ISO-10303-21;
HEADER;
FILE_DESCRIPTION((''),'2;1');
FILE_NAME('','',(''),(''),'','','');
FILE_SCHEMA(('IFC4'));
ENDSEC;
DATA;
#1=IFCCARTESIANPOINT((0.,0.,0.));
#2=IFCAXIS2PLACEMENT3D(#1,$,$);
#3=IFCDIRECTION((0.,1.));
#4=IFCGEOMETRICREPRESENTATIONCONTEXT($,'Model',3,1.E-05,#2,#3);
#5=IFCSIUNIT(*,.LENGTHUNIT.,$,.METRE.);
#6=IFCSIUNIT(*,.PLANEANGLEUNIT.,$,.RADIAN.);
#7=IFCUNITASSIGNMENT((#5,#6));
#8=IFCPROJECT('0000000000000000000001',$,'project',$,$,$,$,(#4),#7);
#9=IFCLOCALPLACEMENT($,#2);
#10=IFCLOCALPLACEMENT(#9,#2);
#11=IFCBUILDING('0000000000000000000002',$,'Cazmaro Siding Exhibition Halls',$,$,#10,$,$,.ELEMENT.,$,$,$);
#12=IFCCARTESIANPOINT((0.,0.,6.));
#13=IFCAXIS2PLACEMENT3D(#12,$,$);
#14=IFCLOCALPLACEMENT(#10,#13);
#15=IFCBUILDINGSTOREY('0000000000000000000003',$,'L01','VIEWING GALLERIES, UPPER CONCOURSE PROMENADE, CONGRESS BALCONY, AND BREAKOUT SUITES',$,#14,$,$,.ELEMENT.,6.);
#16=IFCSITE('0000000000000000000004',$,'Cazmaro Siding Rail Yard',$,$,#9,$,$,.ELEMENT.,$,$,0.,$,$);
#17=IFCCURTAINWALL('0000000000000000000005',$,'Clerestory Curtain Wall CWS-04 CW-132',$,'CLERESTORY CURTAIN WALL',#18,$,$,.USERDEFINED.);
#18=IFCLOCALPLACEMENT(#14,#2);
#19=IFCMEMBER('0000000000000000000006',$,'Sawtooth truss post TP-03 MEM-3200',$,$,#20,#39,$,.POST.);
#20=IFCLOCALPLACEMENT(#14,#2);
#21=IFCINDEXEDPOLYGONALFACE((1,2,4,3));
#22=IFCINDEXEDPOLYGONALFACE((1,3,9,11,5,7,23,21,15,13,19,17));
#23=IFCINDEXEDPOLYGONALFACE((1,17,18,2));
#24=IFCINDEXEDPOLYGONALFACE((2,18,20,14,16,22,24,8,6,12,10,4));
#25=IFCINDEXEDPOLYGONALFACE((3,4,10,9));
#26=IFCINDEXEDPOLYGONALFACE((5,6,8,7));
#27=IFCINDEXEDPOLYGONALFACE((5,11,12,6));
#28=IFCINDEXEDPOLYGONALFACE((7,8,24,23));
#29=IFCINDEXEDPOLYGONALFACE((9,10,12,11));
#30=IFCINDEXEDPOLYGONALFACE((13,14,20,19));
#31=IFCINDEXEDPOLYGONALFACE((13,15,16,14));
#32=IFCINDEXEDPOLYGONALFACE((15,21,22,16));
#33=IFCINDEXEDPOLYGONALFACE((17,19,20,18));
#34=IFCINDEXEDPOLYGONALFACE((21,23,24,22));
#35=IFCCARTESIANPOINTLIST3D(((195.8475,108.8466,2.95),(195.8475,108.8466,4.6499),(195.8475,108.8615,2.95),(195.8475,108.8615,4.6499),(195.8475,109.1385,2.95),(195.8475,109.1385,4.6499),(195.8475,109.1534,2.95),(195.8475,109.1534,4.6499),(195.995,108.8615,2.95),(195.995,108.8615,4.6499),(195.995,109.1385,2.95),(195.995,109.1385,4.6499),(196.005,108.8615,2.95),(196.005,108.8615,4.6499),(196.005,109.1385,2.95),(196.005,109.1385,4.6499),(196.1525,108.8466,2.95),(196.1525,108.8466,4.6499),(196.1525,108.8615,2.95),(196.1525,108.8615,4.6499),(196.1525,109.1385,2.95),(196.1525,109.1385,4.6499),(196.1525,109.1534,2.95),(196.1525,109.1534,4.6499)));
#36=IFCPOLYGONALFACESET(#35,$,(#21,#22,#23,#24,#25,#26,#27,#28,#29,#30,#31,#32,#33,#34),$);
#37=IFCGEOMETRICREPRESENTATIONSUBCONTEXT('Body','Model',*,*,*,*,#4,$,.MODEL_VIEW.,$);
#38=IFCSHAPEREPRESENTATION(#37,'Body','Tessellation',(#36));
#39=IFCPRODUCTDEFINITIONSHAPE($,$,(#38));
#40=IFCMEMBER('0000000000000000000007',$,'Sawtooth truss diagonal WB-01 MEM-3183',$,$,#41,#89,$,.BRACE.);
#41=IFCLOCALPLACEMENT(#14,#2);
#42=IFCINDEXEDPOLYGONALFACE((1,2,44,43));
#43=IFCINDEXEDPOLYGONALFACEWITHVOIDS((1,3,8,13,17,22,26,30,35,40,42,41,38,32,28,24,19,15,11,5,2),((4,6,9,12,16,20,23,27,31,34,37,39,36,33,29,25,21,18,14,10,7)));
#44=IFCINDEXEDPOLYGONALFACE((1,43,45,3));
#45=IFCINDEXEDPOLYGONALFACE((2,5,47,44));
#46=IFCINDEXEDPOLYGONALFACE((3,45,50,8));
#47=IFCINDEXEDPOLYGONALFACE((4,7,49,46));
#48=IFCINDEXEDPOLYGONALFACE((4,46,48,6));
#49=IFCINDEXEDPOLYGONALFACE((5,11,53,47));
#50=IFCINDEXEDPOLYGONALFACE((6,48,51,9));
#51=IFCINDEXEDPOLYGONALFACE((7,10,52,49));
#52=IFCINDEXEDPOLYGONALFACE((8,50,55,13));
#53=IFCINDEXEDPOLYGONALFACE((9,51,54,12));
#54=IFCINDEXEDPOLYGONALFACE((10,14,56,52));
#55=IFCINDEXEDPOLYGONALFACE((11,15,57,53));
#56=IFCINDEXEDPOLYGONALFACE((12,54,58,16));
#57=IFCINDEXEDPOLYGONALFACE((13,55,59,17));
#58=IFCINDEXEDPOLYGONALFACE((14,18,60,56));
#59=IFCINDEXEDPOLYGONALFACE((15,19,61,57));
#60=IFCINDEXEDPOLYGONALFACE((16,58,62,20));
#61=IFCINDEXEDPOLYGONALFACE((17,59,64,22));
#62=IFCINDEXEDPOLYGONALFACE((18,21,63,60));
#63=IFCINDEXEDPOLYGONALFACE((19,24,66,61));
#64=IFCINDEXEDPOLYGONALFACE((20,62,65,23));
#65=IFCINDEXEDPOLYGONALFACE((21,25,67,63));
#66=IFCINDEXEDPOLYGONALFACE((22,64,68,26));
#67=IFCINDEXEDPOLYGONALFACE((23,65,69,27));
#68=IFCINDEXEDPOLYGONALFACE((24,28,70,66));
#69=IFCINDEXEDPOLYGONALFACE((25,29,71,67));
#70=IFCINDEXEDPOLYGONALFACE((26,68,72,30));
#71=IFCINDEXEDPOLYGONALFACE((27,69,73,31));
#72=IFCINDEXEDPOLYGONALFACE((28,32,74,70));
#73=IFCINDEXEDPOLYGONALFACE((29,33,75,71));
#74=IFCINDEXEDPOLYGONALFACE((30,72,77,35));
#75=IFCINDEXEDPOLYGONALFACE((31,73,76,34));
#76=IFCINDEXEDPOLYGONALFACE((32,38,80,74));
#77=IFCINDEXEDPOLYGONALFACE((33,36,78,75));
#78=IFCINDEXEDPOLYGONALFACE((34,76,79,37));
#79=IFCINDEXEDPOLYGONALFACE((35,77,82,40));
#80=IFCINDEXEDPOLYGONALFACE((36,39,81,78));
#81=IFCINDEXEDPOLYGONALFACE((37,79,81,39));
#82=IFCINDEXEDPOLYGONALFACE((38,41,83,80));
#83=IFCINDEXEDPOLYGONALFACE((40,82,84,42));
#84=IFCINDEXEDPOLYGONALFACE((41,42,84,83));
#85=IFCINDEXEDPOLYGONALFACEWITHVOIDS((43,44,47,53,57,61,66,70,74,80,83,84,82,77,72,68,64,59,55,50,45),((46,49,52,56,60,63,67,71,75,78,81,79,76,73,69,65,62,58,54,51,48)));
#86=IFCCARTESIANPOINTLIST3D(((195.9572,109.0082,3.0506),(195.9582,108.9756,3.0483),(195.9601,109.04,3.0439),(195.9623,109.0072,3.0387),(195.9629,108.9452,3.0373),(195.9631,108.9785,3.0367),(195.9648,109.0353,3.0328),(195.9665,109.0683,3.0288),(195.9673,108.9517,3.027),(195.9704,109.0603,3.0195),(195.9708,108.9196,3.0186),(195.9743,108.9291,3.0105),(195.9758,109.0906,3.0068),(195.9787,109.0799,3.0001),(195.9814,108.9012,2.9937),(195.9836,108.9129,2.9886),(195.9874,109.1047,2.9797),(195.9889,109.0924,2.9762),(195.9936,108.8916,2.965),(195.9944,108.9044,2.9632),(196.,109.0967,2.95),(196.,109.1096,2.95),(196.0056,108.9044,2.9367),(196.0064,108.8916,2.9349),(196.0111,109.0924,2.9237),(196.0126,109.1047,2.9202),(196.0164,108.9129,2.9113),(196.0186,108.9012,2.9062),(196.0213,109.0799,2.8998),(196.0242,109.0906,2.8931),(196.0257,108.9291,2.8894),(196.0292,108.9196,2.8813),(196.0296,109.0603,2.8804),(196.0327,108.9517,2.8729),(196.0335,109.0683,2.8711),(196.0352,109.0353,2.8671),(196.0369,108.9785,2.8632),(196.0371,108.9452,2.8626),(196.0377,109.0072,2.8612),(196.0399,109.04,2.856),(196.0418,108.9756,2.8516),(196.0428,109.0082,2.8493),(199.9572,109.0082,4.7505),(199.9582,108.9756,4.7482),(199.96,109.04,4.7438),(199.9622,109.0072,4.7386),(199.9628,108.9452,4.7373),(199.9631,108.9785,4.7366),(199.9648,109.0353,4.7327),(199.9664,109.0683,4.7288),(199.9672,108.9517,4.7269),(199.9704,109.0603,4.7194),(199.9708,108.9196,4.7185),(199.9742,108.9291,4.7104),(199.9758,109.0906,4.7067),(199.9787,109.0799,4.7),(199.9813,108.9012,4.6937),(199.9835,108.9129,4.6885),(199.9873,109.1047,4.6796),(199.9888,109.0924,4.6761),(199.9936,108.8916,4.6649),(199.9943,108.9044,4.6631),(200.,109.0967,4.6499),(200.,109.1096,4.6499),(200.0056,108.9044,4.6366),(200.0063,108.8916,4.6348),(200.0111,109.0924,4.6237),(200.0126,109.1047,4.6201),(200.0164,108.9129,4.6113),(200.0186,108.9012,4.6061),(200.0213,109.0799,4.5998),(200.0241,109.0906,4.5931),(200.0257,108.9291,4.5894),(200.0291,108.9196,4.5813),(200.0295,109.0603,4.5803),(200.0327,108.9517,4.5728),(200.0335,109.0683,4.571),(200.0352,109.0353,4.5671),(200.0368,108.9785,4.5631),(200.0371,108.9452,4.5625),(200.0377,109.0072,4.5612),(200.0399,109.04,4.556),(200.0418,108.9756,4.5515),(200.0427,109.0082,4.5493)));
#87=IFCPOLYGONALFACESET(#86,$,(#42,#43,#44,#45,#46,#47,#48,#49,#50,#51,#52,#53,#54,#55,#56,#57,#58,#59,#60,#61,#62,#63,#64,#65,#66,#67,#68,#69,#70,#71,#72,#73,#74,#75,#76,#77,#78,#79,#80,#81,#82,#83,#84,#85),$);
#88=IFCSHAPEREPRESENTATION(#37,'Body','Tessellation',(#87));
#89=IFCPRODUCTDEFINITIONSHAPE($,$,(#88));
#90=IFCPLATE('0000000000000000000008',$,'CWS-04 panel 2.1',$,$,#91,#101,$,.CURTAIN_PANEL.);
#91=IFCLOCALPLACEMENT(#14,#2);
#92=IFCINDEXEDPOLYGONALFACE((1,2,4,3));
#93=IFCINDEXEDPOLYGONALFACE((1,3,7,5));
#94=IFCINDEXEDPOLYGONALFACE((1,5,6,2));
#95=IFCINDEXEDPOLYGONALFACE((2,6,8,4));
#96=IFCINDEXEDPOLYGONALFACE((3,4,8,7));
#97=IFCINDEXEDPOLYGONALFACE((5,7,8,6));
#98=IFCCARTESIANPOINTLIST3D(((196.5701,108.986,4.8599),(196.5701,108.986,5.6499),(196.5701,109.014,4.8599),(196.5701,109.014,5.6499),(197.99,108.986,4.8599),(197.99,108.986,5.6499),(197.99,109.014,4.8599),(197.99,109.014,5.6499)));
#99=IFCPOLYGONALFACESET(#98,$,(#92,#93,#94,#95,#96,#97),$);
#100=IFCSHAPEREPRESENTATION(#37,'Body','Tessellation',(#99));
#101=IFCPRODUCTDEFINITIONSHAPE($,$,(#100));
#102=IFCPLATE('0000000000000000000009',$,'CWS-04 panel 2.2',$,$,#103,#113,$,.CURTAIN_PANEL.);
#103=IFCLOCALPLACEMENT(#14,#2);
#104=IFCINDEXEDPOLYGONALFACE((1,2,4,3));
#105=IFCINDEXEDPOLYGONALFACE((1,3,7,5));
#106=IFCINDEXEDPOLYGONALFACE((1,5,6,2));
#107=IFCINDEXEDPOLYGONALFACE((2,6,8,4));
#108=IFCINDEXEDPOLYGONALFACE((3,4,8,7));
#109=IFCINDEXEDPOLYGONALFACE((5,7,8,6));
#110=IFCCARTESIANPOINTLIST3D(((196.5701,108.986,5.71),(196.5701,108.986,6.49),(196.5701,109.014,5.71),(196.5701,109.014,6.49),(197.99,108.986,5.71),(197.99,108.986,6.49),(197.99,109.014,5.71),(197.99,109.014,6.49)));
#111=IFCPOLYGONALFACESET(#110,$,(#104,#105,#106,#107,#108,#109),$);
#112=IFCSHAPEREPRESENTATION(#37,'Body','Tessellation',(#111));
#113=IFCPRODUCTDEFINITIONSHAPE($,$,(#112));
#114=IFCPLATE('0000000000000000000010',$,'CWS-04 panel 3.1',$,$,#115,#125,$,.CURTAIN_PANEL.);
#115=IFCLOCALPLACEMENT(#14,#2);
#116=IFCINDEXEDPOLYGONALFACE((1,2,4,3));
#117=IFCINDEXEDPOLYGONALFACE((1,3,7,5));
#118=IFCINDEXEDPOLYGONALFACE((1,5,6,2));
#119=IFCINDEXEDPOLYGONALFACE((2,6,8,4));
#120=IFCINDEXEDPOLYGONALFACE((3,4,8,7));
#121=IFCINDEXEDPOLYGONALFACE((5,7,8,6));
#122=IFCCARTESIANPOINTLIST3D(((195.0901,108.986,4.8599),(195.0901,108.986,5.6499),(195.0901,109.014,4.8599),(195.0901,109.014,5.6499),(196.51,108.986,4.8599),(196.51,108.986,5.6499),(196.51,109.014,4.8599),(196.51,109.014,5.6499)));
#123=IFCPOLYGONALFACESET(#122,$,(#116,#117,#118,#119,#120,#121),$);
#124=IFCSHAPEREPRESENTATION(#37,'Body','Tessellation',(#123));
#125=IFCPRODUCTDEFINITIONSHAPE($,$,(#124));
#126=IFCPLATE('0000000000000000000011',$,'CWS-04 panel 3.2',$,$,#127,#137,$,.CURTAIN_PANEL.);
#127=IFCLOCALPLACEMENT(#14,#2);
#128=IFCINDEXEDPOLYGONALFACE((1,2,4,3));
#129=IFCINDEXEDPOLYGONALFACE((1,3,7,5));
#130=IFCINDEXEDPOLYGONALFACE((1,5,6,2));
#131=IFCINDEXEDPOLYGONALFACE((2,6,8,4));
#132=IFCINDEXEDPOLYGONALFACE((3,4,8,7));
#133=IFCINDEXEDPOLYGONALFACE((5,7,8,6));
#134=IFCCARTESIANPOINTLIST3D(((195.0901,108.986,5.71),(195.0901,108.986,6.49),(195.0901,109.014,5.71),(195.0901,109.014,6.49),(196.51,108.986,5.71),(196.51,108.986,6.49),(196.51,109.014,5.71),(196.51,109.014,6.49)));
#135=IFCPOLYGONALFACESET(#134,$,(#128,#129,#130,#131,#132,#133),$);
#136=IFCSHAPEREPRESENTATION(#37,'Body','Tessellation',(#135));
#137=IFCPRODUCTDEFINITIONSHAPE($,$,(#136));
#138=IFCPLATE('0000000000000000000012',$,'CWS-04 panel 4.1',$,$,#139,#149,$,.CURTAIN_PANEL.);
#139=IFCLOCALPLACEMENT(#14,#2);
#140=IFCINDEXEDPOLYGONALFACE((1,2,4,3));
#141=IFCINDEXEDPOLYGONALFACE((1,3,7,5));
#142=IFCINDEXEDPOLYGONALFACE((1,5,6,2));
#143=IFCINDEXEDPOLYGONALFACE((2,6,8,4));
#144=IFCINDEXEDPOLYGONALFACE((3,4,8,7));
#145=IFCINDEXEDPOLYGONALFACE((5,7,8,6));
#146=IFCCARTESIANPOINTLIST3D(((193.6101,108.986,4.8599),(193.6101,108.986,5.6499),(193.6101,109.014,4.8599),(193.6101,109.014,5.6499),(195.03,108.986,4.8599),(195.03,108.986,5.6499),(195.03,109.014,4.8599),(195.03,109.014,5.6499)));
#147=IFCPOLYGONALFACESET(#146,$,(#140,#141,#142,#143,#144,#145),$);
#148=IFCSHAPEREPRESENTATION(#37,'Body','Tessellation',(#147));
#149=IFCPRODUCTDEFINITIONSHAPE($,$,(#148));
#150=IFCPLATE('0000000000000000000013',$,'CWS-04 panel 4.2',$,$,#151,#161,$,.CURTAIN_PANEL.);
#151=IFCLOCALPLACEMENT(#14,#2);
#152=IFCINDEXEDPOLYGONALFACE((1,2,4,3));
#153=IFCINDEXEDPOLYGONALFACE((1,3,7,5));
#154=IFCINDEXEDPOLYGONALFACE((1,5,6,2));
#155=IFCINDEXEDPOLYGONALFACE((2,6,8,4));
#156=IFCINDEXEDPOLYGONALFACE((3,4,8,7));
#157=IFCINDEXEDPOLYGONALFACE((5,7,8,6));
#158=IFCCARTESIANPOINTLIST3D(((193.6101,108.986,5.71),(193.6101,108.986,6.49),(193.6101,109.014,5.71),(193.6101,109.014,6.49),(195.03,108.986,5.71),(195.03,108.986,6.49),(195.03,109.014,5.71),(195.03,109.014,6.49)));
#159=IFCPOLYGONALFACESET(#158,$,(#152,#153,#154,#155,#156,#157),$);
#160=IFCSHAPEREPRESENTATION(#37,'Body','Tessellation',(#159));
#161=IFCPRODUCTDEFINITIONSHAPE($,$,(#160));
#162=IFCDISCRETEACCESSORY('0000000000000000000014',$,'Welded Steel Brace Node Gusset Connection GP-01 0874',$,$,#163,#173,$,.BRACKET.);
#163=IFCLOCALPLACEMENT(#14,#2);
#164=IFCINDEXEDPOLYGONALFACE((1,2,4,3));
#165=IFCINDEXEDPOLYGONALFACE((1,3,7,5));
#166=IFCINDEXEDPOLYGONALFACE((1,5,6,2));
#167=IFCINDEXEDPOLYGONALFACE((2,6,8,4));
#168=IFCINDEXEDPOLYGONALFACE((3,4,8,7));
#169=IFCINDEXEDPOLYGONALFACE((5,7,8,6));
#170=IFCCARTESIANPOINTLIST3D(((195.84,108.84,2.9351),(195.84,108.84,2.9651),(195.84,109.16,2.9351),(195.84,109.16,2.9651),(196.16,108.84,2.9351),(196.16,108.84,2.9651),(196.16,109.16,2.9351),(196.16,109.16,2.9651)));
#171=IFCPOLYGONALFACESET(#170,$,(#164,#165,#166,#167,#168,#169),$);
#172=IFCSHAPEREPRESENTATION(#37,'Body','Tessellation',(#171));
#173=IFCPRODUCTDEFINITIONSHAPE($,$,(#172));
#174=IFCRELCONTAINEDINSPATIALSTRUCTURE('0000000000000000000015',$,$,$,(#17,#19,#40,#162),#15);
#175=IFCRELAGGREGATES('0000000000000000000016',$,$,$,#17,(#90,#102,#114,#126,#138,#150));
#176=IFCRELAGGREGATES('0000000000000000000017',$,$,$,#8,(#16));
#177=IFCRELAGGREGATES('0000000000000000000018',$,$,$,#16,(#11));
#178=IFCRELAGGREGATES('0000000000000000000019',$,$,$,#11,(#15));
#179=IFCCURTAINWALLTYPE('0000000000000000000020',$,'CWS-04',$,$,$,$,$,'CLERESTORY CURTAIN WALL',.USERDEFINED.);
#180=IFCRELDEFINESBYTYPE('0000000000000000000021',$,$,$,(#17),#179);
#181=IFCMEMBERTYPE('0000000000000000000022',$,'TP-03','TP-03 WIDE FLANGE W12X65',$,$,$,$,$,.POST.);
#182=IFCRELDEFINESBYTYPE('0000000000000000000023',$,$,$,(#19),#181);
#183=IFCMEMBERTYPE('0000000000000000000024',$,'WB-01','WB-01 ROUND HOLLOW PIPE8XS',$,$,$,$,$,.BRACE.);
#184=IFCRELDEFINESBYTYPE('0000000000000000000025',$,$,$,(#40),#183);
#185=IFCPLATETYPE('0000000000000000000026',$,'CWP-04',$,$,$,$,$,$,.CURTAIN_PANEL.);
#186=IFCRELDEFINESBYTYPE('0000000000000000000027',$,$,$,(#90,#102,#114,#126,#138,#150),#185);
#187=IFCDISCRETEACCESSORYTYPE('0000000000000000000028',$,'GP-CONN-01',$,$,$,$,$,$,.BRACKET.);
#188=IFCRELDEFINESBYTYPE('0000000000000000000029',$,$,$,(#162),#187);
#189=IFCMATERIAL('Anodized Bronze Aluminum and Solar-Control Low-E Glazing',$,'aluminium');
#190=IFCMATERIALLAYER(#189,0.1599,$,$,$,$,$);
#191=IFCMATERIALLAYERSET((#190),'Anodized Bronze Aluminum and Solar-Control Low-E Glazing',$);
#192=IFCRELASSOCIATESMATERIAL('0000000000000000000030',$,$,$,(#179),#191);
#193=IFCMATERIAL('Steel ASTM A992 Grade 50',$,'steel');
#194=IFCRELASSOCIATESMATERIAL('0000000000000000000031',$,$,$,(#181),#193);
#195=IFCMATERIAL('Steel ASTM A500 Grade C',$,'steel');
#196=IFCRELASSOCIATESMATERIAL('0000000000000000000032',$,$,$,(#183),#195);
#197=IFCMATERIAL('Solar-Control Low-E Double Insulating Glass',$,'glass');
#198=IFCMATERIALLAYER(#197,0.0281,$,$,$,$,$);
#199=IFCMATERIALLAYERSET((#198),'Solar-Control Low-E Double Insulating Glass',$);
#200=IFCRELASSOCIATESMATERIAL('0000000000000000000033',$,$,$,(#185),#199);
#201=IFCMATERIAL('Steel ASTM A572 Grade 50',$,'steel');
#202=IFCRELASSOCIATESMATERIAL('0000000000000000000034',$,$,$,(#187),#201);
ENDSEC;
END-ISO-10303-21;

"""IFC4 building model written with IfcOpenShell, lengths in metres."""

from ifc_helpers import new_model, si_unit, direction, frame, origin, origin_2d, place, context, subcontext, project, spatial, rectangle, hollow_circle, i_section, extrude, material, layer, layer_set, material_profile, profile_set, type_object, element, aggregate, save


model = new_model("IFC4")

# Units and contexts
model_context = context("Model", 3, precision=1e-05, world=origin(), true_north=direction((0.0, 1.0)))
body_context = subcontext(model_context, "Body", "Model", "MODEL_VIEW")
ifc_project = project(units=[si_unit("LENGTHUNIT", "METRE"), si_unit("PLANEANGLEUNIT", "RADIAN")], contexts=[model_context])

# Site, building, storey
site_placement = place(None, origin())
site = spatial("IfcSite", under=ifc_project, at=site_placement, Name="Cazmaro Siding Rail Yard", CompositionType="ELEMENT", RefElevation=0.0)
building_placement = place(site_placement, origin())
building = spatial("IfcBuilding", under=site, at=building_placement, Name="Cazmaro Siding Exhibition Halls", CompositionType="ELEMENT")
storey_placement = place(building_placement, frame((0.0, 0.0, 6.0)))
storey = spatial("IfcBuildingStorey", under=building, at=storey_placement, Name="L01", Description="VIEWING GALLERIES, UPPER CONCOURSE PROMENADE, CONGRESS BALCONY, AND BREAKOUT SUITES", CompositionType="ELEMENT", Elevation=6.0)

# Curtain wall
ifc_material_1 = material(Name="Anodized Bronze Aluminum and Solar-Control Low-E Glazing", Category="aluminium")
ifc_layer_1 = layer(ifc_material_1, 0.1599)
ifc_layer_set_1 = layer_set([ifc_layer_1], Name="Anodized Bronze Aluminum and Solar-Control Low-E Glazing")
curtain_wall_type = type_object("IfcCurtainWallType", Name="CWS-04", ElementType="CLERESTORY CURTAIN WALL", PredefinedType="USERDEFINED", material=ifc_layer_set_1)
curtain_wall_placement = place(storey_placement, origin())
curtain_wall = element("IfcCurtainWall", 1, at=curtain_wall_placement, inside=storey, type_object=curtain_wall_type, Name="Clerestory Curtain Wall CWS-04 CW-132", ObjectType="CLERESTORY CURTAIN WALL", PredefinedType="USERDEFINED")

# Members
ifc_material_2 = material(Name="Steel ASTM A992 Grade 50", Category="steel")
ifc_material_profile_1 = material_profile(ifc_material_2, i_section(OverallWidth=0.3049, OverallDepth=0.3069, WebThickness=0.01, FlangeThickness=0.0149, at=origin_2d()), Name="W12X65")
ifc_profile_set_1 = profile_set([ifc_material_profile_1], Name="Steel ASTM A992 Grade 50")
member_type_1 = type_object("IfcMemberType", Name="TP-03", Description="TP-03 WIDE FLANGE W12X65", PredefinedType="POST", material=ifc_profile_set_1)
member_1_placement = place(storey_placement, frame((196.0, 109.0, 2.95), z_axis=(0.0, 0.0, 1.0), x_axis=(1.0, 0.0, 0.0)))
element("IfcMember", 2, at=member_1_placement, inside=storey, type_object=member_type_1, Name="Sawtooth truss post TP-03 MEM-3200", PredefinedType="POST", context=body_context, shape_type="SweptSolid", body=[
    extrude(i_section(OverallWidth=0.3049, OverallDepth=0.3069, WebThickness=0.01, FlangeThickness=0.0149, at=origin_2d()), origin(), (0.0, 0.0, 1.0), 1.7),
])
ifc_material_3 = material(Name="Steel ASTM A500 Grade C", Category="steel")
ifc_material_profile_2 = material_profile(ifc_material_3, hollow_circle(Radius=0.1096, WallThickness=0.0129, at=origin_2d()), Name="PIPE8XS")
ifc_profile_set_2 = profile_set([ifc_material_profile_2], Name="Steel ASTM A500 Grade C")
member_type_2 = type_object("IfcMemberType", Name="WB-01", Description="WB-01 ROUND HOLLOW PIPE8XS", PredefinedType="BRACE", material=ifc_profile_set_2)
member_2_placement = place(storey_placement, frame((196.0, 109.0, 2.95), z_axis=(0.920335, 0.0, 0.391131), x_axis=(0.0, 1.0, 0.0)))
element("IfcMember", 3, at=member_2_placement, inside=storey, type_object=member_type_2, Name="Sawtooth truss diagonal WB-01 MEM-3183", PredefinedType="BRACE", context=body_context, shape_type="SweptSolid", body=[
    extrude(hollow_circle(Radius=0.1096, WallThickness=0.0129, at=origin_2d()), origin(), (0.0, 0.0, 1.0), 4.3462),
])

# Plates
ifc_material_4 = material(Name="Solar-Control Low-E Double Insulating Glass", Category="glass")
ifc_layer_2 = layer(ifc_material_4, 0.0281)
ifc_layer_set_2 = layer_set([ifc_layer_2], Name="Solar-Control Low-E Double Insulating Glass")
plate_type = type_object("IfcPlateType", Name="CWP-04", PredefinedType="CURTAIN_PANEL", material=ifc_layer_set_2)
plate_1_placement = place(storey_placement, frame((197.28, 109.0, 4.8599), z_axis=(0.0, 0.0, 1.0), x_axis=(-1.0, 0.0, 0.0)))
plate_1 = element("IfcPlate", 4, at=plate_1_placement, type_object=plate_type, Name="CWS-04 panel 2.1", PredefinedType="CURTAIN_PANEL", context=body_context, shape_type="SweptSolid", body=[
    extrude(rectangle(XDim=1.4199, YDim=0.0281, at=origin_2d()), origin(), (0.0, 0.0, 1.0), 0.79),
])
plate_2_placement = place(storey_placement, frame((197.28, 109.0, 5.71), z_axis=(0.0, 0.0, 1.0), x_axis=(-1.0, 0.0, 0.0)))
plate_2 = element("IfcPlate", 5, at=plate_2_placement, type_object=plate_type, Name="CWS-04 panel 2.2", PredefinedType="CURTAIN_PANEL", context=body_context, shape_type="SweptSolid", body=[
    extrude(rectangle(XDim=1.4199, YDim=0.0281, at=origin_2d()), origin(), (0.0, 0.0, 1.0), 0.78),
])
plate_3_placement = place(storey_placement, frame((195.8, 109.0, 4.8599), z_axis=(0.0, 0.0, 1.0), x_axis=(-1.0, 0.0, 0.0)))
plate_3 = element("IfcPlate", 6, at=plate_3_placement, type_object=plate_type, Name="CWS-04 panel 3.1", PredefinedType="CURTAIN_PANEL", context=body_context, shape_type="SweptSolid", body=[
    extrude(rectangle(XDim=1.4199, YDim=0.0281, at=origin_2d()), origin(), (0.0, 0.0, 1.0), 0.79),
])
plate_4_placement = place(storey_placement, frame((195.8, 109.0, 5.71), z_axis=(0.0, 0.0, 1.0), x_axis=(-1.0, 0.0, 0.0)))
plate_4 = element("IfcPlate", 7, at=plate_4_placement, type_object=plate_type, Name="CWS-04 panel 3.2", PredefinedType="CURTAIN_PANEL", context=body_context, shape_type="SweptSolid", body=[
    extrude(rectangle(XDim=1.4199, YDim=0.0281, at=origin_2d()), origin(), (0.0, 0.0, 1.0), 0.78),
])
plate_5_placement = place(storey_placement, frame((194.3201, 109.0, 4.8599), z_axis=(0.0, 0.0, 1.0), x_axis=(-1.0, 0.0, 0.0)))
plate_5 = element("IfcPlate", 8, at=plate_5_placement, type_object=plate_type, Name="CWS-04 panel 4.1", PredefinedType="CURTAIN_PANEL", context=body_context, shape_type="SweptSolid", body=[
    extrude(rectangle(XDim=1.4199, YDim=0.0281, at=origin_2d()), origin(), (0.0, 0.0, 1.0), 0.79),
])
plate_6_placement = place(storey_placement, frame((194.3201, 109.0, 5.71), z_axis=(0.0, 0.0, 1.0), x_axis=(-1.0, 0.0, 0.0)))
plate_6 = element("IfcPlate", 9, at=plate_6_placement, type_object=plate_type, Name="CWS-04 panel 4.2", PredefinedType="CURTAIN_PANEL", context=body_context, shape_type="SweptSolid", body=[
    extrude(rectangle(XDim=1.4199, YDim=0.0281, at=origin_2d()), origin(), (0.0, 0.0, 1.0), 0.78),
])
aggregate(curtain_wall, [plate_1, plate_2, plate_3, plate_4, plate_5, plate_6])

# Discrete accessory
ifc_material_5 = material(Name="Steel ASTM A572 Grade 50", Category="steel")
discrete_accessory_type = type_object("IfcDiscreteAccessoryType", Name="GP-CONN-01", PredefinedType="BRACKET", material=ifc_material_5)
discrete_accessory_placement = place(storey_placement, frame((196.0, 109.0, 2.9351), z_axis=(0.0, 0.0, 1.0), x_axis=(1.0, 0.0, 0.0)))
element("IfcDiscreteAccessory", 10, at=discrete_accessory_placement, inside=storey, type_object=discrete_accessory_type, Name="Welded Steel Brace Node Gusset Connection GP-01 0874", PredefinedType="BRACKET", context=body_context, shape_type="SweptSolid", body=[
    extrude(rectangle(XDim=0.3201, YDim=0.3201, at=origin_2d()), origin(), (0.0, 0.0, 1.0), 0.03),
])

save(model, "model.ifc")
